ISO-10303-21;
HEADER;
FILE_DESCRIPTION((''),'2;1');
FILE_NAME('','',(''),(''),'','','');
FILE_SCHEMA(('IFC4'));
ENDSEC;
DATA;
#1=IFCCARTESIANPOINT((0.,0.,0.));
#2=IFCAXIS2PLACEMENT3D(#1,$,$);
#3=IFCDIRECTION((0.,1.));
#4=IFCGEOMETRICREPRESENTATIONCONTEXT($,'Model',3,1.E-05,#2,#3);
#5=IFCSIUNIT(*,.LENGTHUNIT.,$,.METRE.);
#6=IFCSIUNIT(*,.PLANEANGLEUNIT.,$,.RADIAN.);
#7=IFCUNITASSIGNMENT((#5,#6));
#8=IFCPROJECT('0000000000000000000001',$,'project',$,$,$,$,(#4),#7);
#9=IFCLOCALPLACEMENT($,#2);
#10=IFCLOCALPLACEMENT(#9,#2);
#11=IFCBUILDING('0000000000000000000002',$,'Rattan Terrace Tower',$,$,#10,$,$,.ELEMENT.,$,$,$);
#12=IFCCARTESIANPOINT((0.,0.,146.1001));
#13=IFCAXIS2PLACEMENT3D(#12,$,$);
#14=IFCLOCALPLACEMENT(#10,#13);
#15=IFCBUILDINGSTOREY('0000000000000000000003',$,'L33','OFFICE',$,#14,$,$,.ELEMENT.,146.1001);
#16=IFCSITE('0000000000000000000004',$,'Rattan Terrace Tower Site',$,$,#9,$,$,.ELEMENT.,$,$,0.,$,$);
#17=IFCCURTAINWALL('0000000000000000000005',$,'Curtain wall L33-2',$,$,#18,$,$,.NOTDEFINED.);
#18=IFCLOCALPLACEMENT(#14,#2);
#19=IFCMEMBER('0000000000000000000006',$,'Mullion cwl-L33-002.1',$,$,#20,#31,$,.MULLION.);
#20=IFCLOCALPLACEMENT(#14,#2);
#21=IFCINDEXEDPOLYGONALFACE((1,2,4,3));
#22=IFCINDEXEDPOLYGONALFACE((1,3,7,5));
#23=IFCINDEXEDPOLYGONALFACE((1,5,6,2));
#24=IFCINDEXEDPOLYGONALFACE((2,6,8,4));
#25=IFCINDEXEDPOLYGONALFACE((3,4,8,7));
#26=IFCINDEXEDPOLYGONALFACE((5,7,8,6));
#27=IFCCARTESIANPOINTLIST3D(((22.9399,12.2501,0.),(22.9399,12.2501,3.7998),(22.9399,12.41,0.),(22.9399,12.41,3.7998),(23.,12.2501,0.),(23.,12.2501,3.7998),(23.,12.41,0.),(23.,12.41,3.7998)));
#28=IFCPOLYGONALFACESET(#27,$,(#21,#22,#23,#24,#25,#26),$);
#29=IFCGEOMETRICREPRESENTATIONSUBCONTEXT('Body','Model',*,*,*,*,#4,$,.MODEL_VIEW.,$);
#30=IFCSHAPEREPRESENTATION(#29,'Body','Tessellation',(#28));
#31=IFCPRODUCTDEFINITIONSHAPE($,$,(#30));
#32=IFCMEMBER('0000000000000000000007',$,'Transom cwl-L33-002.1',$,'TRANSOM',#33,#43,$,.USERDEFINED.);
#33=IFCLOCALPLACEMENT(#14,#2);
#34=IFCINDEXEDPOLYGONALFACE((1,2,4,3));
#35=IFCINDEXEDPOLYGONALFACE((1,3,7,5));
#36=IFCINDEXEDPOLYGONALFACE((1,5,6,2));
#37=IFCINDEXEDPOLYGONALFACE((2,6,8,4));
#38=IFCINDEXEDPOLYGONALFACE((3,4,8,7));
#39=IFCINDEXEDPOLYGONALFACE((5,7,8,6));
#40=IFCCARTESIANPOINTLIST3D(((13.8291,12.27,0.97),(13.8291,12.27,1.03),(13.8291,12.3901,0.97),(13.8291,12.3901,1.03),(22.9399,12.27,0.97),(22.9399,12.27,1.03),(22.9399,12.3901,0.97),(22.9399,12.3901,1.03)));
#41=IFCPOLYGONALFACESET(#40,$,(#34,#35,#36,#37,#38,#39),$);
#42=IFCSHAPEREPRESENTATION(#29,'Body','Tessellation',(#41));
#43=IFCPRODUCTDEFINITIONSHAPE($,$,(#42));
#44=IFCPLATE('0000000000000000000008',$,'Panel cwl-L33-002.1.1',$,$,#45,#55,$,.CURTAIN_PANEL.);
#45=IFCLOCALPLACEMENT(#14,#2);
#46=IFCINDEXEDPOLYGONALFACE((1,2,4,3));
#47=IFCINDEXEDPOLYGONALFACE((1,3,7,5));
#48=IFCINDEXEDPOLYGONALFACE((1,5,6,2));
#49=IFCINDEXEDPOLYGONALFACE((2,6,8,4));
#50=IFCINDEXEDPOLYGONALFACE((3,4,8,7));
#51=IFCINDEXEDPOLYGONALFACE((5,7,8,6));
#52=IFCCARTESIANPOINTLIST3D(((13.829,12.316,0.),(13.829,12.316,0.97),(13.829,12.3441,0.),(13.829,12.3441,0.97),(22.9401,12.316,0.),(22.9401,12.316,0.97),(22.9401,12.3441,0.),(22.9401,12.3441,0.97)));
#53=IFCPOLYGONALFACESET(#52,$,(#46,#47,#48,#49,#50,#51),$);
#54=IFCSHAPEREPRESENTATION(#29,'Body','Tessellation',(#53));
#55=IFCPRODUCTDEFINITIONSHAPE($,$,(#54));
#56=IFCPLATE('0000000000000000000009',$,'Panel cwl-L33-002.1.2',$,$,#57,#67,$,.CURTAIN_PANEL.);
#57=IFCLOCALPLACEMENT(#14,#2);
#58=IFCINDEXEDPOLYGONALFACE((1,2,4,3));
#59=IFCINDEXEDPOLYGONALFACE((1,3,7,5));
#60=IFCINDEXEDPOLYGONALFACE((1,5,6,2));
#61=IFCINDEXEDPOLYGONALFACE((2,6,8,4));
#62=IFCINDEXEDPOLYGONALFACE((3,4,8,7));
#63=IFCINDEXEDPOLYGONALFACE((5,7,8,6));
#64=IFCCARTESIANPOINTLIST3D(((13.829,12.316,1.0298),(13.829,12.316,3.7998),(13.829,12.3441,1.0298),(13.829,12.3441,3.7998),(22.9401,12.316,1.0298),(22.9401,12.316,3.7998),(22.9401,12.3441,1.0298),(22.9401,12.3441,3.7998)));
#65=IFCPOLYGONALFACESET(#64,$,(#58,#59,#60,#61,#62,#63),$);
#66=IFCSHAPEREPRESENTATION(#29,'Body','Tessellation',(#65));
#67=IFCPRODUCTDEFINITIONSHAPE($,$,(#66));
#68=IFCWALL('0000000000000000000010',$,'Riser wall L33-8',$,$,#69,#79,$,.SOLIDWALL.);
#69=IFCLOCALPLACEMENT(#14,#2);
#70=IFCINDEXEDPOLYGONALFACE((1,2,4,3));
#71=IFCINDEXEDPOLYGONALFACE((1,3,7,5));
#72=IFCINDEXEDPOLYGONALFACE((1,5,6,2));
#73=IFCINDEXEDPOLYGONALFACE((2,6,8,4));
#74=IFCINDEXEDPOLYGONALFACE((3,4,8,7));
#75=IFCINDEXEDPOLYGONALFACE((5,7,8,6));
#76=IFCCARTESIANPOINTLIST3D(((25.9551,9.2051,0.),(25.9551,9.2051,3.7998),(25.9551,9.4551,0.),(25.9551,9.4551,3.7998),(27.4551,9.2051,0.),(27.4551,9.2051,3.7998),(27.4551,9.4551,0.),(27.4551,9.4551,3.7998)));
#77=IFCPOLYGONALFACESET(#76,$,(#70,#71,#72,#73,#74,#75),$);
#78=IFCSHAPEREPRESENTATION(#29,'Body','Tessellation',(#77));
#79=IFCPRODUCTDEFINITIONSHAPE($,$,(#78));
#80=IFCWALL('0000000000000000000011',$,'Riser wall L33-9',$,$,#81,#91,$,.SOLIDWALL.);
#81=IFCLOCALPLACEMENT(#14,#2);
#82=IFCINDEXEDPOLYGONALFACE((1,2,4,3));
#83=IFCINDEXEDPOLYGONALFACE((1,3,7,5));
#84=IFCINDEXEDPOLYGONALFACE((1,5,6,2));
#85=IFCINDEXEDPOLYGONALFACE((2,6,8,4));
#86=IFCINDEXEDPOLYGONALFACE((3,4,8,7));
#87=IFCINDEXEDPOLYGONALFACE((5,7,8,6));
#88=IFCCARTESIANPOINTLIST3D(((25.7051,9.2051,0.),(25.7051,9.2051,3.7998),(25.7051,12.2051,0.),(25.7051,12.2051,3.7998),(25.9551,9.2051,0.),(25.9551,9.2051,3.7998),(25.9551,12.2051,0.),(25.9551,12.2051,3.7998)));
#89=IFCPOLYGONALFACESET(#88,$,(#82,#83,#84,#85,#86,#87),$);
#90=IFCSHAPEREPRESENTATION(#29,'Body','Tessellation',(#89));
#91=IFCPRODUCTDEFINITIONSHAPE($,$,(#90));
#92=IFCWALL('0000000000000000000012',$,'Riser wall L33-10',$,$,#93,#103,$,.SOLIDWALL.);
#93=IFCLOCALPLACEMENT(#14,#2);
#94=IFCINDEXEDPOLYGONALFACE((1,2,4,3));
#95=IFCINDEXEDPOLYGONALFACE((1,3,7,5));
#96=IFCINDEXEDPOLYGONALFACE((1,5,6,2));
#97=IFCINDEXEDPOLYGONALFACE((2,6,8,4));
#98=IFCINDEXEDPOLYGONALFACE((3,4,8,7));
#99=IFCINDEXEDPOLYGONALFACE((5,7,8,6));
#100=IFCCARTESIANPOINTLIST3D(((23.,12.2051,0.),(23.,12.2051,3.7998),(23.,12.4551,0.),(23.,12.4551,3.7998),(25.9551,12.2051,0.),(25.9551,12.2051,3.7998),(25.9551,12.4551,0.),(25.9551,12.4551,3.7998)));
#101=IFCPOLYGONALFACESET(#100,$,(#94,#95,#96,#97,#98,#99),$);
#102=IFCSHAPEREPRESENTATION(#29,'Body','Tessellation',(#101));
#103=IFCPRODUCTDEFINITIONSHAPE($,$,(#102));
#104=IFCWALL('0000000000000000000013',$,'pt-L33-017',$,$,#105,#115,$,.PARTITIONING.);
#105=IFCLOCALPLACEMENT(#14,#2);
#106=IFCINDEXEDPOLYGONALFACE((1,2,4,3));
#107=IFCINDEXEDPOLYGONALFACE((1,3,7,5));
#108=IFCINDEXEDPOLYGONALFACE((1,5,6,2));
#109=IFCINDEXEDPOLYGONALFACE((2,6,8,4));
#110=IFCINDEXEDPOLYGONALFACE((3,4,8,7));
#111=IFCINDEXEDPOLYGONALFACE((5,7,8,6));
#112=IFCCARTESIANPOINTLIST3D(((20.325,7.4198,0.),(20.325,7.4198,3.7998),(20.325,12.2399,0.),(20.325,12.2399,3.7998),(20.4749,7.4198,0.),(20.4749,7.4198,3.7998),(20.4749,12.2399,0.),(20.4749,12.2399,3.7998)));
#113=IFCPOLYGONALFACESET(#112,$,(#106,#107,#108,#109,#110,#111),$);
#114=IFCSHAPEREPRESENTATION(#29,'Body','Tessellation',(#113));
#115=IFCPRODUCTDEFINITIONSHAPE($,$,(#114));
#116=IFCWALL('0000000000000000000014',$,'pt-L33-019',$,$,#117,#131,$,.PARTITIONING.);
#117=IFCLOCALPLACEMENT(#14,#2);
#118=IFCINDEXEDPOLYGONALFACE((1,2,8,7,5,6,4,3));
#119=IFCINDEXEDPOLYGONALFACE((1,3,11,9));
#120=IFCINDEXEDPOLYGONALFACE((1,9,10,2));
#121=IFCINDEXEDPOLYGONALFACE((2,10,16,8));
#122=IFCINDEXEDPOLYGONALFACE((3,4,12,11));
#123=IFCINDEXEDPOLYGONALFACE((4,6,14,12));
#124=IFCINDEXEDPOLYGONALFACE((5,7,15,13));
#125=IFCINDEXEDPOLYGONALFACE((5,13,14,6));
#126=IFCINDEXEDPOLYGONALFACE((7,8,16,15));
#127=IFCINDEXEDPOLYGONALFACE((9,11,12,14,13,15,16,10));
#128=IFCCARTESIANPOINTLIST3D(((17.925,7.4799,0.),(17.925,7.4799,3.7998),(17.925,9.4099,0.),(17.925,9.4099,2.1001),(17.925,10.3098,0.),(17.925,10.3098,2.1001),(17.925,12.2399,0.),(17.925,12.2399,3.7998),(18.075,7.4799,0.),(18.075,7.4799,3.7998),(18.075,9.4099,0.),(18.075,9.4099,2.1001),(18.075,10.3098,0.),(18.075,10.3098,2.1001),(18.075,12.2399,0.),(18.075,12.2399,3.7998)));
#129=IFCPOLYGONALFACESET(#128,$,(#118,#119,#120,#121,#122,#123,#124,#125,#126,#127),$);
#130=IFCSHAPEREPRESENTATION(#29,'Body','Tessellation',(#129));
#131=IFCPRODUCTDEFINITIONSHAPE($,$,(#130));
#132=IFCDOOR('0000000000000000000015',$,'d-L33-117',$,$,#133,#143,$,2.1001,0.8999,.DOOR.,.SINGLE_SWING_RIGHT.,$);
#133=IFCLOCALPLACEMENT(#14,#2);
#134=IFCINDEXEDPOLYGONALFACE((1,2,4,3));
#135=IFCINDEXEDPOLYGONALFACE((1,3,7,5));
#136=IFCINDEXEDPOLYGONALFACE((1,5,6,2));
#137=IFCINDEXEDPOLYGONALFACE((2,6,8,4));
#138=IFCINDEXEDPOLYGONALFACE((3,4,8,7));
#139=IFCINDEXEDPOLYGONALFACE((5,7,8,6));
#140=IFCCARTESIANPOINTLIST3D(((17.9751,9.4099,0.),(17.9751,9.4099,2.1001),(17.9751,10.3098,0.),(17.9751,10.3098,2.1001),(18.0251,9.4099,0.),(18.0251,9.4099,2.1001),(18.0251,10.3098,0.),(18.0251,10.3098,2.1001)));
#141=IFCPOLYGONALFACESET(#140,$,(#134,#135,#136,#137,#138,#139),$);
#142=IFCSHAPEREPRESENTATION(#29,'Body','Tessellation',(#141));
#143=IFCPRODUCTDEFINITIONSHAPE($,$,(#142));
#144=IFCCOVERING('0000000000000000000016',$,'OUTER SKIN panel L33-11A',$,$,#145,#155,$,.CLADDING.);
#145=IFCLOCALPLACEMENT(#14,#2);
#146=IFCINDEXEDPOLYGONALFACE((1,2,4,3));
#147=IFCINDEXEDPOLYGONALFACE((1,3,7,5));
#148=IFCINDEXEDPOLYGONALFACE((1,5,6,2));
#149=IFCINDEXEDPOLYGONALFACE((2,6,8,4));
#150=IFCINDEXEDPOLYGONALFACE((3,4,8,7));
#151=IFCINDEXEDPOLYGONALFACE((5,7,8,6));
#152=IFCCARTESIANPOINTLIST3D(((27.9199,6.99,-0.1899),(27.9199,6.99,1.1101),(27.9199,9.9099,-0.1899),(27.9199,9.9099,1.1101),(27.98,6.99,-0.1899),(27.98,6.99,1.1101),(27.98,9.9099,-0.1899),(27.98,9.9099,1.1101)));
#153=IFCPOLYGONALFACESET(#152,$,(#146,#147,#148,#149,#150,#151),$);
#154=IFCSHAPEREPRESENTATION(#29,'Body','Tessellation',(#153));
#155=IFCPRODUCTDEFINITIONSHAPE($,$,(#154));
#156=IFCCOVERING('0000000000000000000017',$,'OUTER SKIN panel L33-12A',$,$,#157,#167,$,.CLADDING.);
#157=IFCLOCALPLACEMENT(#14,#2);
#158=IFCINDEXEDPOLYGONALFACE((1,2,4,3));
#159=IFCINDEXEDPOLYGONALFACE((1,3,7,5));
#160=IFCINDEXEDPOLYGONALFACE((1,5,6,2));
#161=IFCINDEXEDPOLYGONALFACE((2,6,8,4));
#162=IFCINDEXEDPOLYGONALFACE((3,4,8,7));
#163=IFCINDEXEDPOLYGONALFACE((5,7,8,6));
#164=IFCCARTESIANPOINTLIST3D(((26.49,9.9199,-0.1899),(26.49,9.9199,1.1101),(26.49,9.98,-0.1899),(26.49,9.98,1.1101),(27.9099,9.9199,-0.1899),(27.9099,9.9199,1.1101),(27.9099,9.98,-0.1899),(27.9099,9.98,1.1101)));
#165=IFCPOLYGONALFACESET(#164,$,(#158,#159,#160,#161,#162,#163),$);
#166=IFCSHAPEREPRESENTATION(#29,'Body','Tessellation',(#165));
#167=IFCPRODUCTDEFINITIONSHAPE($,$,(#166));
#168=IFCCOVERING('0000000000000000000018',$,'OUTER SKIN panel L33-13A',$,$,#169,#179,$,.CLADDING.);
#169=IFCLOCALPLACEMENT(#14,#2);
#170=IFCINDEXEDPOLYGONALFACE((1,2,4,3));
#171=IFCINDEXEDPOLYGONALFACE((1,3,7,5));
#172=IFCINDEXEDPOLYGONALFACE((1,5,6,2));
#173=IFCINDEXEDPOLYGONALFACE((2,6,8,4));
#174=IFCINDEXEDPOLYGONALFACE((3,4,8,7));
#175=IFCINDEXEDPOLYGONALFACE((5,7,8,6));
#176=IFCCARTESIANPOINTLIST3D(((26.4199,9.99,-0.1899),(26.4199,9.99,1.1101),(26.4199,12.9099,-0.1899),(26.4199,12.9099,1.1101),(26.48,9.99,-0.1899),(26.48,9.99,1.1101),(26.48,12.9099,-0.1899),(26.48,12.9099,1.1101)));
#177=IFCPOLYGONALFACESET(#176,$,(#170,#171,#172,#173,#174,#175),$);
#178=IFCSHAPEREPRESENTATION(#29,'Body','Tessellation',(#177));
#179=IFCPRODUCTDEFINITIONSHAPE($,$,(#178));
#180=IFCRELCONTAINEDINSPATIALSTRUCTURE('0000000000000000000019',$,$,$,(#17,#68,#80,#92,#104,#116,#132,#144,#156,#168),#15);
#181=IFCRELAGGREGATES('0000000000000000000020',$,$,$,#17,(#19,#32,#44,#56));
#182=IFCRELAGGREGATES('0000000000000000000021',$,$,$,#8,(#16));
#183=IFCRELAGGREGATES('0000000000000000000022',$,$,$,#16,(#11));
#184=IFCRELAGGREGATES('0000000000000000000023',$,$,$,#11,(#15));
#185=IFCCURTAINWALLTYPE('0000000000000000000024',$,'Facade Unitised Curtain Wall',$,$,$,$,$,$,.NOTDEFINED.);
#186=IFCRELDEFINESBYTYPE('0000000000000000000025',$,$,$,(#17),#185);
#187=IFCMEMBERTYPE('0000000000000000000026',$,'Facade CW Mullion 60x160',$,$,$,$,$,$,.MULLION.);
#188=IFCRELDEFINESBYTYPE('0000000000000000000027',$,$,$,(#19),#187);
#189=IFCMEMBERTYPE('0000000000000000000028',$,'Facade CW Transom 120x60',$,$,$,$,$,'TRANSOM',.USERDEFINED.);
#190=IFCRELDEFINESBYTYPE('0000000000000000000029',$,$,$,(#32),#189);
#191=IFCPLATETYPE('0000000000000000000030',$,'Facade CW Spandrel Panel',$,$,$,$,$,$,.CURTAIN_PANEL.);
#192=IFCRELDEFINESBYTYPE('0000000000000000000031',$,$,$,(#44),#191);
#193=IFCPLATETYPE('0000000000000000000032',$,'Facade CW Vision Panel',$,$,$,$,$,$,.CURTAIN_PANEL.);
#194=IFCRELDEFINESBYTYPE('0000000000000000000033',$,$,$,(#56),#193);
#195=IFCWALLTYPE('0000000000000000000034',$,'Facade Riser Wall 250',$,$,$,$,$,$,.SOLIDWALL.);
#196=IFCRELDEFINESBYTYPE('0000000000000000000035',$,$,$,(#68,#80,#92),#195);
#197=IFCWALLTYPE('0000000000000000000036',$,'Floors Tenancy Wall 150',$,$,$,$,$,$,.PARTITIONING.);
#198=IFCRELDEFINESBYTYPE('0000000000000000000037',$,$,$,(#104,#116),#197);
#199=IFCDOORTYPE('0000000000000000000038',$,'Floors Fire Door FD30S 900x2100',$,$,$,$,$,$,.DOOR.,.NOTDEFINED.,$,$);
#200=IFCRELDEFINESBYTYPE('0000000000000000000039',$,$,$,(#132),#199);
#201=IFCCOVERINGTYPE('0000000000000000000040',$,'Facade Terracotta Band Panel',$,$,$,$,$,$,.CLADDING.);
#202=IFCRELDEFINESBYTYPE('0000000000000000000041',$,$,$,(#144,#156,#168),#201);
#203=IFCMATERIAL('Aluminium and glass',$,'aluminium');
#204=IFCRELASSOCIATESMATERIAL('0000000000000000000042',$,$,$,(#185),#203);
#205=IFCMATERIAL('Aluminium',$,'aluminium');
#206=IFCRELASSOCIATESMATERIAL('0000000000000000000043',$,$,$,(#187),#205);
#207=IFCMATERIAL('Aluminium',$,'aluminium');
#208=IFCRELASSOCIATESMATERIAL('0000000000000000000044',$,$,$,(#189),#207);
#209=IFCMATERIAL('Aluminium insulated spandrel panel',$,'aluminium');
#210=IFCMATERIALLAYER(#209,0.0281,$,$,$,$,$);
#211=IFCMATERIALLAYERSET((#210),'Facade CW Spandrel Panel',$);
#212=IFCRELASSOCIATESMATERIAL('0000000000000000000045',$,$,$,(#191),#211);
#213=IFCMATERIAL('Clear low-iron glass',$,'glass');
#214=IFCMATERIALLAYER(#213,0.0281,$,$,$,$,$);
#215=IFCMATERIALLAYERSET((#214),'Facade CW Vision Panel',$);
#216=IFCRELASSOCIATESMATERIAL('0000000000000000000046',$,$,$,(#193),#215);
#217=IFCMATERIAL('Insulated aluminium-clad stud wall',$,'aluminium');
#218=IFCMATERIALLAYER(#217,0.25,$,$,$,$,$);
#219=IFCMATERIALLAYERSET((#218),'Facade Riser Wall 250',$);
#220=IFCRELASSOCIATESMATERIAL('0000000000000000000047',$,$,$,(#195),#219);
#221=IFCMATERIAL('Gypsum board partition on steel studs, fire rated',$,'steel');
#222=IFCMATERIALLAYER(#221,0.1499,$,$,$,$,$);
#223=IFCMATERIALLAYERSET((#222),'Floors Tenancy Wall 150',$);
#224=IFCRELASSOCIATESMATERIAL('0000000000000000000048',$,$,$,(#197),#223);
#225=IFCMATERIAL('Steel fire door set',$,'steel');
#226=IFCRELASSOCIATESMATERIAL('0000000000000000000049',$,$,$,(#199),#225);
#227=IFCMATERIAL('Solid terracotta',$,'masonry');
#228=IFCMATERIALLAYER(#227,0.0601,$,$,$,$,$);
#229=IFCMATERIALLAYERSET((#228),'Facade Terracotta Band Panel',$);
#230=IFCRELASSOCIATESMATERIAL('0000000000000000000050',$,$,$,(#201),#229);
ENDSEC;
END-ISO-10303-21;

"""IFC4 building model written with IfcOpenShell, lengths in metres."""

from ifc_helpers import new_model, si_unit, direction, frame, frame_2d, origin, origin_2d, place, context, subcontext, project, spatial, rectangle, extrude, material, layer, layer_set, material_profile, profile_set, type_object, element, fill, aggregate, save


model = new_model("IFC4")

# Units and contexts
model_context = context("Model", 3, precision=1e-05, world=origin(), true_north=direction((0.0, 1.0)))
body_context = subcontext(model_context, "Body", "Model", "MODEL_VIEW")
ifc_project = project(units=[si_unit("LENGTHUNIT", "METRE"), si_unit("PLANEANGLEUNIT", "RADIAN")], contexts=[model_context])

# Site, building, storey
site_placement = place(None, origin())
site = spatial("IfcSite", under=ifc_project, at=site_placement, Name="Rattan Terrace Tower Site", CompositionType="ELEMENT", RefElevation=0.0)
building_placement = place(site_placement, origin())
building = spatial("IfcBuilding", under=site, at=building_placement, Name="Rattan Terrace Tower", CompositionType="ELEMENT")
storey_placement = place(building_placement, frame((0.0, 0.0, 146.1001)))
storey = spatial("IfcBuildingStorey", under=building, at=storey_placement, Name="L33", Description="OFFICE", CompositionType="ELEMENT", Elevation=146.1001)

# Curtain wall, members, plates
ifc_material_1 = material(Name="Aluminium and glass", Category="aluminium")
curtain_wall_type = type_object("IfcCurtainWallType", Name="Facade Unitised Curtain Wall", PredefinedType="NOTDEFINED", material=ifc_material_1)
curtain_wall_placement = place(storey_placement, origin())
curtain_wall = element("IfcCurtainWall", 1, at=curtain_wall_placement, inside=storey, type_object=curtain_wall_type, Name="Curtain wall L33-2", PredefinedType="NOTDEFINED")
ifc_material_2 = material(Name="Aluminium", Category="aluminium")
ifc_material_profile_1 = material_profile(ifc_material_2, rectangle(XDim=0.0601, YDim=0.1599, at=origin_2d()), Name="Aluminium 60x160")
ifc_profile_set_1 = profile_set([ifc_material_profile_1], Name="Aluminium")
member_type_1 = type_object("IfcMemberType", Name="Facade CW Mullion 60x160", PredefinedType="MULLION", material=ifc_profile_set_1)
member_1_placement = place(storey_placement, frame((22.97, 12.3301, 0.0), z_axis=(0.0, 0.0, 1.0), x_axis=(-1.0, 0.0, 0.0)))
member_1 = element("IfcMember", 2, at=member_1_placement, type_object=member_type_1, Name="Mullion cwl-L33-002.1", PredefinedType="MULLION", context=body_context, shape_type="SweptSolid", body=[
    extrude(rectangle(XDim=0.0601, YDim=0.1599, at=origin_2d()), origin(), (0.0, 0.0, 1.0), 3.7998),
])
ifc_material_3 = material(Name="Aluminium", Category="aluminium")
ifc_material_profile_2 = material_profile(ifc_material_3, rectangle(XDim=0.1201, YDim=0.0601, at=origin_2d()), Name="Aluminium 120x60")
ifc_profile_set_2 = profile_set([ifc_material_profile_2], Name="Aluminium")
member_type_2 = type_object("IfcMemberType", Name="Facade CW Transom 120x60", ElementType="TRANSOM", PredefinedType="USERDEFINED", material=ifc_profile_set_2)
member_2_placement = place(storey_placement, frame((22.9399, 12.3301, 1.0), z_axis=(-1.0, 0.0, 0.0), x_axis=(0.0, -1.0, 0.0)))
member_2 = element("IfcMember", 3, at=member_2_placement, type_object=member_type_2, Name="Transom cwl-L33-002.1", ObjectType="TRANSOM", PredefinedType="USERDEFINED", context=body_context, shape_type="SweptSolid", body=[
    extrude(rectangle(XDim=0.1201, YDim=0.0601, at=origin_2d()), origin(), (0.0, 0.0, 1.0), 9.1108),
])
ifc_material_4 = material(Name="Aluminium insulated spandrel panel", Category="aluminium")
ifc_layer_1 = layer(ifc_material_4, 0.0281)
ifc_layer_set_1 = layer_set([ifc_layer_1], Name="Facade CW Spandrel Panel")
plate_type_1 = type_object("IfcPlateType", Name="Facade CW Spandrel Panel", PredefinedType="CURTAIN_PANEL", material=ifc_layer_set_1)
plate_1_placement = place(storey_placement, frame((18.3845, 12.3301, 0.0), z_axis=(0.0, 0.0, 1.0), x_axis=(-1.0, 0.0, 0.0)))
plate_1 = element("IfcPlate", 4, at=plate_1_placement, type_object=plate_type_1, Name="Panel cwl-L33-002.1.1", PredefinedType="CURTAIN_PANEL", context=body_context, shape_type="SweptSolid", body=[
    extrude(rectangle(XDim=9.1111, YDim=0.0281, at=origin_2d()), origin(), (0.0, 0.0, 1.0), 0.97),
])
ifc_material_5 = material(Name="Clear low-iron glass", Category="glass")
ifc_layer_2 = layer(ifc_material_5, 0.0281)
ifc_layer_set_2 = layer_set([ifc_layer_2], Name="Facade CW Vision Panel")
plate_type_2 = type_object("IfcPlateType", Name="Facade CW Vision Panel", PredefinedType="CURTAIN_PANEL", material=ifc_layer_set_2)
plate_2_placement = place(storey_placement, frame((18.3845, 12.3301, 1.0298), z_axis=(0.0, 0.0, 1.0), x_axis=(-1.0, 0.0, 0.0)))
plate_2 = element("IfcPlate", 5, at=plate_2_placement, type_object=plate_type_2, Name="Panel cwl-L33-002.1.2", PredefinedType="CURTAIN_PANEL", context=body_context, shape_type="SweptSolid", body=[
    extrude(rectangle(XDim=9.1111, YDim=0.0281, at=origin_2d()), origin(), (0.0, 0.0, 1.0), 2.77),
])
aggregate(curtain_wall, [member_1, member_2, plate_1, plate_2])

# Walls
ifc_material_6 = material(Name="Insulated aluminium-clad stud wall", Category="aluminium")
ifc_layer_3 = layer(ifc_material_6, 0.25)
ifc_layer_set_3 = layer_set([ifc_layer_3], Name="Facade Riser Wall 250")
wall_type_1 = type_object("IfcWallType", Name="Facade Riser Wall 250", PredefinedType="SOLIDWALL", material=ifc_layer_set_3)
wall_1_placement = place(storey_placement, frame((27.4551, 9.3301, 0.0), z_axis=(0.0, 0.0, 1.0), x_axis=(-1.0, 0.0, 0.0)))
element("IfcWall", 6, at=wall_1_placement, inside=storey, type_object=wall_type_1, Name="Riser wall L33-8", PredefinedType="SOLIDWALL", context=body_context, shape_type="SweptSolid", body=[
    extrude(rectangle(XDim=1.5, YDim=0.25, at=frame_2d((0.75, 0.0))), origin(), (0.0, 0.0, 1.0), 3.7998),
])
wall_2_placement = place(storey_placement, frame((25.8301, 9.2051, 0.0), z_axis=(0.0, 0.0, 1.0), x_axis=(0.0, 1.0, 0.0)))
element("IfcWall", 7, at=wall_2_placement, inside=storey, type_object=wall_type_1, Name="Riser wall L33-9", PredefinedType="SOLIDWALL", context=body_context, shape_type="SweptSolid", body=[
    extrude(rectangle(XDim=3.0, YDim=0.25, at=frame_2d((1.5, 0.0))), origin(), (0.0, 0.0, 1.0), 3.7998),
])
wall_3_placement = place(storey_placement, frame((25.9551, 12.3301, 0.0), z_axis=(0.0, 0.0, 1.0), x_axis=(-1.0, 0.0, 0.0)))
element("IfcWall", 8, at=wall_3_placement, inside=storey, type_object=wall_type_1, Name="Riser wall L33-10", PredefinedType="SOLIDWALL", context=body_context, shape_type="SweptSolid", body=[
    extrude(rectangle(XDim=2.9551, YDim=0.25, at=frame_2d((1.4775, 0.0))), origin(), (0.0, 0.0, 1.0), 3.7998),
])
ifc_material_7 = material(Name="Gypsum board partition on steel studs, fire rated", Category="steel")
ifc_layer_4 = layer(ifc_material_7, 0.1499)
ifc_layer_set_4 = layer_set([ifc_layer_4], Name="Floors Tenancy Wall 150")
wall_type_2 = type_object("IfcWallType", Name="Floors Tenancy Wall 150", PredefinedType="PARTITIONING", material=ifc_layer_set_4)
wall_4_placement = place(storey_placement, frame((20.3999, 12.24, 0.0), z_axis=(0.0, 0.0, 1.0), x_axis=(0.0, -1.0, 0.0)))
element("IfcWall", 9, at=wall_4_placement, inside=storey, type_object=wall_type_2, Name="pt-L33-017", PredefinedType="PARTITIONING", context=body_context, shape_type="SweptSolid", body=[
    extrude(rectangle(XDim=4.8201, YDim=0.1499, at=frame_2d((2.4102, 0.0))), origin(), (0.0, 0.0, 1.0), 3.7998),
])

# Wall, opening, door
wall_5_placement = place(storey_placement, frame((18.0, 7.48, 0.0), z_axis=(0.0, 0.0, 1.0), x_axis=(0.0, 1.0, 0.0)))
wall_5 = element("IfcWall", 10, at=wall_5_placement, inside=storey, type_object=wall_type_2, Name="pt-L33-019", PredefinedType="PARTITIONING", context=body_context, shape_type="SweptSolid", body=[
    extrude(rectangle(XDim=4.76, YDim=0.1499, at=frame_2d((2.3799, 0.0))), origin(), (0.0, 0.0, 1.0), 3.7998),
])
opening_placement = place(wall_5_placement, frame((1.9299, 0.0, 0.0)))
opening = element("IfcOpeningElement", 11, at=opening_placement, cuts=wall_5, PredefinedType="OPENING", context=body_context, shape_type="SweptSolid", body=[
    extrude(rectangle(XDim=0.8999, YDim=2.1001, at=frame_2d((0.45, 1.05))), frame((0.0, 0.0854, 0.0), z_axis=(0.0, -1.0, 0.0), x_axis=(1.0, 0.0, 0.0)), (0.0, 0.0, 1.0), 0.1709),
])
ifc_material_8 = material(Name="Steel fire door set", Category="steel")
door_type = type_object("IfcDoorType", Name="Floors Fire Door FD30S 900x2100", OperationType="NOTDEFINED", PredefinedType="DOOR", material=ifc_material_8)
door_placement = place(opening_placement, origin())
door = element("IfcDoor", 12, at=door_placement, inside=storey, type_object=door_type, Name="d-L33-117", OperationType="SINGLE_SWING_RIGHT", OverallHeight=2.1001, OverallWidth=0.8999, PredefinedType="DOOR", context=body_context, shape_type="SweptSolid", body=[
    extrude(rectangle(XDim=0.8999, YDim=2.1001, at=frame_2d((0.45, 1.05))), frame((0.0, 0.0249, 0.0), z_axis=(0.0, -1.0, 0.0), x_axis=(1.0, 0.0, 0.0)), (0.0, 0.0, 1.0), 0.05),
])
fill(opening, door)

# Coverings
ifc_material_9 = material(Name="Solid terracotta", Category="masonry")
ifc_layer_5 = layer(ifc_material_9, 0.0601)
ifc_layer_set_5 = layer_set([ifc_layer_5], Name="Facade Terracotta Band Panel")
covering_type_1 = type_object("IfcCoveringType", Name="Facade Terracotta Band Panel", PredefinedType="CLADDING", material=ifc_layer_set_5)
covering_1_placement = place(storey_placement, frame((27.95, 8.45, -0.1899), z_axis=(0.0, 0.0, 1.0), x_axis=(0.0, 1.0, 0.0)))
element("IfcCovering", 13, at=covering_1_placement, inside=storey, type_object=covering_type_1, Name="OUTER SKIN panel L33-11A", PredefinedType="CLADDING", context=body_context, shape_type="SweptSolid", body=[
    extrude(rectangle(XDim=2.9199, YDim=0.0601, at=origin_2d()), origin(), (0.0, 0.0, 1.0), 1.3),
])
covering_2_placement = place(storey_placement, frame((27.2, 9.95, -0.1899), z_axis=(0.0, 0.0, 1.0), x_axis=(-1.0, 0.0, 0.0)))
element("IfcCovering", 14, at=covering_2_placement, inside=storey, type_object=covering_type_1, Name="OUTER SKIN panel L33-12A", PredefinedType="CLADDING", context=body_context, shape_type="SweptSolid", body=[
    extrude(rectangle(XDim=1.4199, YDim=0.0601, at=origin_2d()), origin(), (0.0, 0.0, 1.0), 1.3),
])
covering_3_placement = place(storey_placement, frame((26.45, 11.45, -0.1899), z_axis=(0.0, 0.0, 1.0), x_axis=(0.0, 1.0, 0.0)))
element("IfcCovering", 15, at=covering_3_placement, inside=storey, type_object=covering_type_1, Name="OUTER SKIN panel L33-13A", PredefinedType="CLADDING", context=body_context, shape_type="SweptSolid", body=[
    extrude(rectangle(XDim=2.9199, YDim=0.0601, at=origin_2d()), origin(), (0.0, 0.0, 1.0), 1.3),
])

save(model, "model.ifc")
